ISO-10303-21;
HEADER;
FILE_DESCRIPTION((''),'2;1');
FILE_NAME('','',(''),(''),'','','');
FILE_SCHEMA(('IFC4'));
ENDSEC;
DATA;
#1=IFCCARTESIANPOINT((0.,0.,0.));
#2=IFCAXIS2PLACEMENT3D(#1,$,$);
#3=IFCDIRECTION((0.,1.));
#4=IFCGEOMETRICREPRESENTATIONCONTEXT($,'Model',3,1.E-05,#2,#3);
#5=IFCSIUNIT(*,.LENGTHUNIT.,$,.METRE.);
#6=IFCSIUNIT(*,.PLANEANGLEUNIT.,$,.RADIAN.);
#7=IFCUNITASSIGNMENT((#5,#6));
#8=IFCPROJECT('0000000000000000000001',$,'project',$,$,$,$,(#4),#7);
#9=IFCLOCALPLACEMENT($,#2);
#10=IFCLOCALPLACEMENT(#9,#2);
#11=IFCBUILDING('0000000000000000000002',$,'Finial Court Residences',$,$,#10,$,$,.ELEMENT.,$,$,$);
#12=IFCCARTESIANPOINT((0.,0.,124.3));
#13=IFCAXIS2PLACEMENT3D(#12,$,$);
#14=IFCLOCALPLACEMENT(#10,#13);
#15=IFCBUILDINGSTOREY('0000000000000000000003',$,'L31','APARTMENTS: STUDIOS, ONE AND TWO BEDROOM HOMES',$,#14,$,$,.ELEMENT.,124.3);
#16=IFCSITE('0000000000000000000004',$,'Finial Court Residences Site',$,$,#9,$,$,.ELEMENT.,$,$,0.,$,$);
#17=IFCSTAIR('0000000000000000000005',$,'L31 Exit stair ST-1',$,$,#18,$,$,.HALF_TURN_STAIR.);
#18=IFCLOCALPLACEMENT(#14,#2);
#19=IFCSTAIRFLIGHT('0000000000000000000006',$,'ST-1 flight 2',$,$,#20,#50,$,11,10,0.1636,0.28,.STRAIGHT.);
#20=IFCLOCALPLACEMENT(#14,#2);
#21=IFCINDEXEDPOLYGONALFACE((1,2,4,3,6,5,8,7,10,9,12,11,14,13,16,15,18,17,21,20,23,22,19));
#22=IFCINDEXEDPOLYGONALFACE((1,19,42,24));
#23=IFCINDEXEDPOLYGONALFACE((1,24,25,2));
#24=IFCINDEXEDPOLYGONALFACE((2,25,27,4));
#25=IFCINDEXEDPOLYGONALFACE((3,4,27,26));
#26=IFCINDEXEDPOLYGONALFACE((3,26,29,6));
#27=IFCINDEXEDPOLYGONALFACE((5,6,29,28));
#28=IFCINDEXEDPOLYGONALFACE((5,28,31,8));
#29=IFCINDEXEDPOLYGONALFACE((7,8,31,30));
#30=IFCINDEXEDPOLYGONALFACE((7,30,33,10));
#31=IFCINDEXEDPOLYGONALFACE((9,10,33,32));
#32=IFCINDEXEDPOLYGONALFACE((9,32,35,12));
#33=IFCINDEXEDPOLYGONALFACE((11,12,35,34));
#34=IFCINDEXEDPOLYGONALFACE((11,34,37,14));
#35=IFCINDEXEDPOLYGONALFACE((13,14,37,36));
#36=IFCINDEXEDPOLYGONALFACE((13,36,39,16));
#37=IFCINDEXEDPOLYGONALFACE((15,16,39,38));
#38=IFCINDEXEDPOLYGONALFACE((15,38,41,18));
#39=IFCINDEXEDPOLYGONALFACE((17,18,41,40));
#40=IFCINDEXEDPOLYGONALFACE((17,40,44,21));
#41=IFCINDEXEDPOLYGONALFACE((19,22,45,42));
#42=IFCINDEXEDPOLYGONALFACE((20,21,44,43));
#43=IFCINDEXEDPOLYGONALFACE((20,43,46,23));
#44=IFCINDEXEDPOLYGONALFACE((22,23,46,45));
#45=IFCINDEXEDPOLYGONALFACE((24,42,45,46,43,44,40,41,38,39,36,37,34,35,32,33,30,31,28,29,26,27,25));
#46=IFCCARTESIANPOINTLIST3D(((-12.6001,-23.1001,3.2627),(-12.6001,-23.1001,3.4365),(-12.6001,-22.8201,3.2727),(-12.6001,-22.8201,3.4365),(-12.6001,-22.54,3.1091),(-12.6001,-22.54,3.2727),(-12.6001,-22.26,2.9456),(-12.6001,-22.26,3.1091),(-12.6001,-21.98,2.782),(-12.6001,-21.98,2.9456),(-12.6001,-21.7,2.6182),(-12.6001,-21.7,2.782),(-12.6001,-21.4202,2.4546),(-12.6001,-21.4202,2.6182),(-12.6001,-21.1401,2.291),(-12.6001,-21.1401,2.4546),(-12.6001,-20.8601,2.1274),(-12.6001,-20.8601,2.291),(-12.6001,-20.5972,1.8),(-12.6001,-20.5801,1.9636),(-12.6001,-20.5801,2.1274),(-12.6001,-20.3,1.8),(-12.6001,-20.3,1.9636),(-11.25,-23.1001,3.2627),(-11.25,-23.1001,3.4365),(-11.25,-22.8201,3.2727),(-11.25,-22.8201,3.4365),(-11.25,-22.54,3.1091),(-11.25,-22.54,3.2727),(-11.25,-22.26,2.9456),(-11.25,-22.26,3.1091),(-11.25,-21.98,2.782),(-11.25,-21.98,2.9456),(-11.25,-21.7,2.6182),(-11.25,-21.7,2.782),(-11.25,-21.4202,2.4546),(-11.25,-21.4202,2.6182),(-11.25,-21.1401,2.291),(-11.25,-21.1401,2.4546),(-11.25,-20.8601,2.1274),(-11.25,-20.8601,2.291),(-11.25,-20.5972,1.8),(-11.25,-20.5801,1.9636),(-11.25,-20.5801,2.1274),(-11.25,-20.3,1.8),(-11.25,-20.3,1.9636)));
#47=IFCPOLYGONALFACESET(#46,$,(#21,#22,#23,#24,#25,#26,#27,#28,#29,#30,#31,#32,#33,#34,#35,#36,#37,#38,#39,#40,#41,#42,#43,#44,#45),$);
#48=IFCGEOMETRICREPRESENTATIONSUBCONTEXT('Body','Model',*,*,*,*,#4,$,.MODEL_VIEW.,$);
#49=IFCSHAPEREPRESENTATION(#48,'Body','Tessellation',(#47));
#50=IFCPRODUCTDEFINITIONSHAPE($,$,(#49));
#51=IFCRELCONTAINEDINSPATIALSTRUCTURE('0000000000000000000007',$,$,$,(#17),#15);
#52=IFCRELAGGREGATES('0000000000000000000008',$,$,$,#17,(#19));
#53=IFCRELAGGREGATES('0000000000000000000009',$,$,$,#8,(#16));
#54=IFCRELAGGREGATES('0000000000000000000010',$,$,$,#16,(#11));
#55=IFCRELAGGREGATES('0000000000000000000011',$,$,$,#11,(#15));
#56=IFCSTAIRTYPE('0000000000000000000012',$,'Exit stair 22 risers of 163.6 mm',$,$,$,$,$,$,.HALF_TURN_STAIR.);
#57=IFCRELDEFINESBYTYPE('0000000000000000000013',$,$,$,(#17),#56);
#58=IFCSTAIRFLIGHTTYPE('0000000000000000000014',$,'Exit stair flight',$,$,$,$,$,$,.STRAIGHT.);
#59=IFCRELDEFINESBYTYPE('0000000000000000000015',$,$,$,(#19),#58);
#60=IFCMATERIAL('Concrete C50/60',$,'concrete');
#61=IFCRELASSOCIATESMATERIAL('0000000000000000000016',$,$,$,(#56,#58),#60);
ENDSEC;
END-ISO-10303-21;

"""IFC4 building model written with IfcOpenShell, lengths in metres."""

from ifc_helpers import new_model, si_unit, direction, frame, origin, place, context, subcontext, project, spatial, polyline, outline, extrude, material, type_object, element, aggregate, save


model = new_model("IFC4")

# Units and contexts
model_context = context("Model", 3, precision=1e-05, world=origin(), true_north=direction((0.0, 1.0)))
body_context = subcontext(model_context, "Body", "Model", "MODEL_VIEW")
ifc_project = project(units=[si_unit("LENGTHUNIT", "METRE"), si_unit("PLANEANGLEUNIT", "RADIAN")], contexts=[model_context])

# Site, building, storey
site_placement = place(None, origin())
site = spatial("IfcSite", under=ifc_project, at=site_placement, Name="Finial Court Residences Site", CompositionType="ELEMENT", RefElevation=0.0)
building_placement = place(site_placement, origin())
building = spatial("IfcBuilding", under=site, at=building_placement, Name="Finial Court Residences", CompositionType="ELEMENT")
storey_placement = place(building_placement, frame((0.0, 0.0, 124.3)))
storey = spatial("IfcBuildingStorey", under=building, at=storey_placement, Name="L31", Description="APARTMENTS: STUDIOS, ONE AND TWO BEDROOM HOMES", CompositionType="ELEMENT", Elevation=124.3)

# Stair, stair flight
ifc_material_1 = material(Name="Concrete C50/60", Category="concrete")
stair_type = type_object("IfcStairType", Name="Exit stair 22 risers of 163.6 mm", PredefinedType="HALF_TURN_STAIR", material=ifc_material_1)
stair_placement = place(storey_placement, origin())
stair = element("IfcStair", 1, at=stair_placement, inside=storey, type_object=stair_type, Name="L31 Exit stair ST-1", PredefinedType="HALF_TURN_STAIR")
stair_flight_type = type_object("IfcStairFlightType", Name="Exit stair flight", PredefinedType="STRAIGHT", material=ifc_material_1)
stair_flight_placement = place(storey_placement, frame((-11.925, -20.3, 1.8), z_axis=(0.0, 0.0, 1.0), x_axis=(0.0, -1.0, 0.0)))
stair_flight = element("IfcStairFlight", 2, at=stair_flight_placement, type_object=stair_flight_type, Name="ST-1 flight 2", NumberOfRisers=11, NumberOfTreads=10, PredefinedType="STRAIGHT", RiserHeight=0.1636, TreadLength=0.28, context=body_context, shape_type="SweptSolid", body=[
    extrude(outline(polyline([(0.0, 0.0), (0.0, 0.1636), (0.28, 0.1636), (0.28, 0.3274), (0.5601, 0.3274), (0.5601, 0.491), (0.8401, 0.491), (0.8401, 0.6545), (1.1201, 0.6545), (1.1201, 0.8181), (1.3999, 0.8181), (1.3999, 0.9819), (1.6799, 0.9819), (1.6799, 1.1455), (1.96, 1.1455), (1.96, 1.3091), (2.24, 1.3091), (2.24, 1.4727), (2.52, 1.4727), (2.52, 1.6365), (2.8, 1.6365), (2.8, 1.8), (2.8, 1.4626), (0.2971, 0.0), (0.0, 0.0)])), frame((0.0, 0.675, 0.0), z_axis=(0.0, -1.0, 0.0), x_axis=(1.0, 0.0, 0.0)), (0.0, 0.0, 1.0), 1.3501),
])
aggregate(stair, [stair_flight])

save(model, "model.ifc")
